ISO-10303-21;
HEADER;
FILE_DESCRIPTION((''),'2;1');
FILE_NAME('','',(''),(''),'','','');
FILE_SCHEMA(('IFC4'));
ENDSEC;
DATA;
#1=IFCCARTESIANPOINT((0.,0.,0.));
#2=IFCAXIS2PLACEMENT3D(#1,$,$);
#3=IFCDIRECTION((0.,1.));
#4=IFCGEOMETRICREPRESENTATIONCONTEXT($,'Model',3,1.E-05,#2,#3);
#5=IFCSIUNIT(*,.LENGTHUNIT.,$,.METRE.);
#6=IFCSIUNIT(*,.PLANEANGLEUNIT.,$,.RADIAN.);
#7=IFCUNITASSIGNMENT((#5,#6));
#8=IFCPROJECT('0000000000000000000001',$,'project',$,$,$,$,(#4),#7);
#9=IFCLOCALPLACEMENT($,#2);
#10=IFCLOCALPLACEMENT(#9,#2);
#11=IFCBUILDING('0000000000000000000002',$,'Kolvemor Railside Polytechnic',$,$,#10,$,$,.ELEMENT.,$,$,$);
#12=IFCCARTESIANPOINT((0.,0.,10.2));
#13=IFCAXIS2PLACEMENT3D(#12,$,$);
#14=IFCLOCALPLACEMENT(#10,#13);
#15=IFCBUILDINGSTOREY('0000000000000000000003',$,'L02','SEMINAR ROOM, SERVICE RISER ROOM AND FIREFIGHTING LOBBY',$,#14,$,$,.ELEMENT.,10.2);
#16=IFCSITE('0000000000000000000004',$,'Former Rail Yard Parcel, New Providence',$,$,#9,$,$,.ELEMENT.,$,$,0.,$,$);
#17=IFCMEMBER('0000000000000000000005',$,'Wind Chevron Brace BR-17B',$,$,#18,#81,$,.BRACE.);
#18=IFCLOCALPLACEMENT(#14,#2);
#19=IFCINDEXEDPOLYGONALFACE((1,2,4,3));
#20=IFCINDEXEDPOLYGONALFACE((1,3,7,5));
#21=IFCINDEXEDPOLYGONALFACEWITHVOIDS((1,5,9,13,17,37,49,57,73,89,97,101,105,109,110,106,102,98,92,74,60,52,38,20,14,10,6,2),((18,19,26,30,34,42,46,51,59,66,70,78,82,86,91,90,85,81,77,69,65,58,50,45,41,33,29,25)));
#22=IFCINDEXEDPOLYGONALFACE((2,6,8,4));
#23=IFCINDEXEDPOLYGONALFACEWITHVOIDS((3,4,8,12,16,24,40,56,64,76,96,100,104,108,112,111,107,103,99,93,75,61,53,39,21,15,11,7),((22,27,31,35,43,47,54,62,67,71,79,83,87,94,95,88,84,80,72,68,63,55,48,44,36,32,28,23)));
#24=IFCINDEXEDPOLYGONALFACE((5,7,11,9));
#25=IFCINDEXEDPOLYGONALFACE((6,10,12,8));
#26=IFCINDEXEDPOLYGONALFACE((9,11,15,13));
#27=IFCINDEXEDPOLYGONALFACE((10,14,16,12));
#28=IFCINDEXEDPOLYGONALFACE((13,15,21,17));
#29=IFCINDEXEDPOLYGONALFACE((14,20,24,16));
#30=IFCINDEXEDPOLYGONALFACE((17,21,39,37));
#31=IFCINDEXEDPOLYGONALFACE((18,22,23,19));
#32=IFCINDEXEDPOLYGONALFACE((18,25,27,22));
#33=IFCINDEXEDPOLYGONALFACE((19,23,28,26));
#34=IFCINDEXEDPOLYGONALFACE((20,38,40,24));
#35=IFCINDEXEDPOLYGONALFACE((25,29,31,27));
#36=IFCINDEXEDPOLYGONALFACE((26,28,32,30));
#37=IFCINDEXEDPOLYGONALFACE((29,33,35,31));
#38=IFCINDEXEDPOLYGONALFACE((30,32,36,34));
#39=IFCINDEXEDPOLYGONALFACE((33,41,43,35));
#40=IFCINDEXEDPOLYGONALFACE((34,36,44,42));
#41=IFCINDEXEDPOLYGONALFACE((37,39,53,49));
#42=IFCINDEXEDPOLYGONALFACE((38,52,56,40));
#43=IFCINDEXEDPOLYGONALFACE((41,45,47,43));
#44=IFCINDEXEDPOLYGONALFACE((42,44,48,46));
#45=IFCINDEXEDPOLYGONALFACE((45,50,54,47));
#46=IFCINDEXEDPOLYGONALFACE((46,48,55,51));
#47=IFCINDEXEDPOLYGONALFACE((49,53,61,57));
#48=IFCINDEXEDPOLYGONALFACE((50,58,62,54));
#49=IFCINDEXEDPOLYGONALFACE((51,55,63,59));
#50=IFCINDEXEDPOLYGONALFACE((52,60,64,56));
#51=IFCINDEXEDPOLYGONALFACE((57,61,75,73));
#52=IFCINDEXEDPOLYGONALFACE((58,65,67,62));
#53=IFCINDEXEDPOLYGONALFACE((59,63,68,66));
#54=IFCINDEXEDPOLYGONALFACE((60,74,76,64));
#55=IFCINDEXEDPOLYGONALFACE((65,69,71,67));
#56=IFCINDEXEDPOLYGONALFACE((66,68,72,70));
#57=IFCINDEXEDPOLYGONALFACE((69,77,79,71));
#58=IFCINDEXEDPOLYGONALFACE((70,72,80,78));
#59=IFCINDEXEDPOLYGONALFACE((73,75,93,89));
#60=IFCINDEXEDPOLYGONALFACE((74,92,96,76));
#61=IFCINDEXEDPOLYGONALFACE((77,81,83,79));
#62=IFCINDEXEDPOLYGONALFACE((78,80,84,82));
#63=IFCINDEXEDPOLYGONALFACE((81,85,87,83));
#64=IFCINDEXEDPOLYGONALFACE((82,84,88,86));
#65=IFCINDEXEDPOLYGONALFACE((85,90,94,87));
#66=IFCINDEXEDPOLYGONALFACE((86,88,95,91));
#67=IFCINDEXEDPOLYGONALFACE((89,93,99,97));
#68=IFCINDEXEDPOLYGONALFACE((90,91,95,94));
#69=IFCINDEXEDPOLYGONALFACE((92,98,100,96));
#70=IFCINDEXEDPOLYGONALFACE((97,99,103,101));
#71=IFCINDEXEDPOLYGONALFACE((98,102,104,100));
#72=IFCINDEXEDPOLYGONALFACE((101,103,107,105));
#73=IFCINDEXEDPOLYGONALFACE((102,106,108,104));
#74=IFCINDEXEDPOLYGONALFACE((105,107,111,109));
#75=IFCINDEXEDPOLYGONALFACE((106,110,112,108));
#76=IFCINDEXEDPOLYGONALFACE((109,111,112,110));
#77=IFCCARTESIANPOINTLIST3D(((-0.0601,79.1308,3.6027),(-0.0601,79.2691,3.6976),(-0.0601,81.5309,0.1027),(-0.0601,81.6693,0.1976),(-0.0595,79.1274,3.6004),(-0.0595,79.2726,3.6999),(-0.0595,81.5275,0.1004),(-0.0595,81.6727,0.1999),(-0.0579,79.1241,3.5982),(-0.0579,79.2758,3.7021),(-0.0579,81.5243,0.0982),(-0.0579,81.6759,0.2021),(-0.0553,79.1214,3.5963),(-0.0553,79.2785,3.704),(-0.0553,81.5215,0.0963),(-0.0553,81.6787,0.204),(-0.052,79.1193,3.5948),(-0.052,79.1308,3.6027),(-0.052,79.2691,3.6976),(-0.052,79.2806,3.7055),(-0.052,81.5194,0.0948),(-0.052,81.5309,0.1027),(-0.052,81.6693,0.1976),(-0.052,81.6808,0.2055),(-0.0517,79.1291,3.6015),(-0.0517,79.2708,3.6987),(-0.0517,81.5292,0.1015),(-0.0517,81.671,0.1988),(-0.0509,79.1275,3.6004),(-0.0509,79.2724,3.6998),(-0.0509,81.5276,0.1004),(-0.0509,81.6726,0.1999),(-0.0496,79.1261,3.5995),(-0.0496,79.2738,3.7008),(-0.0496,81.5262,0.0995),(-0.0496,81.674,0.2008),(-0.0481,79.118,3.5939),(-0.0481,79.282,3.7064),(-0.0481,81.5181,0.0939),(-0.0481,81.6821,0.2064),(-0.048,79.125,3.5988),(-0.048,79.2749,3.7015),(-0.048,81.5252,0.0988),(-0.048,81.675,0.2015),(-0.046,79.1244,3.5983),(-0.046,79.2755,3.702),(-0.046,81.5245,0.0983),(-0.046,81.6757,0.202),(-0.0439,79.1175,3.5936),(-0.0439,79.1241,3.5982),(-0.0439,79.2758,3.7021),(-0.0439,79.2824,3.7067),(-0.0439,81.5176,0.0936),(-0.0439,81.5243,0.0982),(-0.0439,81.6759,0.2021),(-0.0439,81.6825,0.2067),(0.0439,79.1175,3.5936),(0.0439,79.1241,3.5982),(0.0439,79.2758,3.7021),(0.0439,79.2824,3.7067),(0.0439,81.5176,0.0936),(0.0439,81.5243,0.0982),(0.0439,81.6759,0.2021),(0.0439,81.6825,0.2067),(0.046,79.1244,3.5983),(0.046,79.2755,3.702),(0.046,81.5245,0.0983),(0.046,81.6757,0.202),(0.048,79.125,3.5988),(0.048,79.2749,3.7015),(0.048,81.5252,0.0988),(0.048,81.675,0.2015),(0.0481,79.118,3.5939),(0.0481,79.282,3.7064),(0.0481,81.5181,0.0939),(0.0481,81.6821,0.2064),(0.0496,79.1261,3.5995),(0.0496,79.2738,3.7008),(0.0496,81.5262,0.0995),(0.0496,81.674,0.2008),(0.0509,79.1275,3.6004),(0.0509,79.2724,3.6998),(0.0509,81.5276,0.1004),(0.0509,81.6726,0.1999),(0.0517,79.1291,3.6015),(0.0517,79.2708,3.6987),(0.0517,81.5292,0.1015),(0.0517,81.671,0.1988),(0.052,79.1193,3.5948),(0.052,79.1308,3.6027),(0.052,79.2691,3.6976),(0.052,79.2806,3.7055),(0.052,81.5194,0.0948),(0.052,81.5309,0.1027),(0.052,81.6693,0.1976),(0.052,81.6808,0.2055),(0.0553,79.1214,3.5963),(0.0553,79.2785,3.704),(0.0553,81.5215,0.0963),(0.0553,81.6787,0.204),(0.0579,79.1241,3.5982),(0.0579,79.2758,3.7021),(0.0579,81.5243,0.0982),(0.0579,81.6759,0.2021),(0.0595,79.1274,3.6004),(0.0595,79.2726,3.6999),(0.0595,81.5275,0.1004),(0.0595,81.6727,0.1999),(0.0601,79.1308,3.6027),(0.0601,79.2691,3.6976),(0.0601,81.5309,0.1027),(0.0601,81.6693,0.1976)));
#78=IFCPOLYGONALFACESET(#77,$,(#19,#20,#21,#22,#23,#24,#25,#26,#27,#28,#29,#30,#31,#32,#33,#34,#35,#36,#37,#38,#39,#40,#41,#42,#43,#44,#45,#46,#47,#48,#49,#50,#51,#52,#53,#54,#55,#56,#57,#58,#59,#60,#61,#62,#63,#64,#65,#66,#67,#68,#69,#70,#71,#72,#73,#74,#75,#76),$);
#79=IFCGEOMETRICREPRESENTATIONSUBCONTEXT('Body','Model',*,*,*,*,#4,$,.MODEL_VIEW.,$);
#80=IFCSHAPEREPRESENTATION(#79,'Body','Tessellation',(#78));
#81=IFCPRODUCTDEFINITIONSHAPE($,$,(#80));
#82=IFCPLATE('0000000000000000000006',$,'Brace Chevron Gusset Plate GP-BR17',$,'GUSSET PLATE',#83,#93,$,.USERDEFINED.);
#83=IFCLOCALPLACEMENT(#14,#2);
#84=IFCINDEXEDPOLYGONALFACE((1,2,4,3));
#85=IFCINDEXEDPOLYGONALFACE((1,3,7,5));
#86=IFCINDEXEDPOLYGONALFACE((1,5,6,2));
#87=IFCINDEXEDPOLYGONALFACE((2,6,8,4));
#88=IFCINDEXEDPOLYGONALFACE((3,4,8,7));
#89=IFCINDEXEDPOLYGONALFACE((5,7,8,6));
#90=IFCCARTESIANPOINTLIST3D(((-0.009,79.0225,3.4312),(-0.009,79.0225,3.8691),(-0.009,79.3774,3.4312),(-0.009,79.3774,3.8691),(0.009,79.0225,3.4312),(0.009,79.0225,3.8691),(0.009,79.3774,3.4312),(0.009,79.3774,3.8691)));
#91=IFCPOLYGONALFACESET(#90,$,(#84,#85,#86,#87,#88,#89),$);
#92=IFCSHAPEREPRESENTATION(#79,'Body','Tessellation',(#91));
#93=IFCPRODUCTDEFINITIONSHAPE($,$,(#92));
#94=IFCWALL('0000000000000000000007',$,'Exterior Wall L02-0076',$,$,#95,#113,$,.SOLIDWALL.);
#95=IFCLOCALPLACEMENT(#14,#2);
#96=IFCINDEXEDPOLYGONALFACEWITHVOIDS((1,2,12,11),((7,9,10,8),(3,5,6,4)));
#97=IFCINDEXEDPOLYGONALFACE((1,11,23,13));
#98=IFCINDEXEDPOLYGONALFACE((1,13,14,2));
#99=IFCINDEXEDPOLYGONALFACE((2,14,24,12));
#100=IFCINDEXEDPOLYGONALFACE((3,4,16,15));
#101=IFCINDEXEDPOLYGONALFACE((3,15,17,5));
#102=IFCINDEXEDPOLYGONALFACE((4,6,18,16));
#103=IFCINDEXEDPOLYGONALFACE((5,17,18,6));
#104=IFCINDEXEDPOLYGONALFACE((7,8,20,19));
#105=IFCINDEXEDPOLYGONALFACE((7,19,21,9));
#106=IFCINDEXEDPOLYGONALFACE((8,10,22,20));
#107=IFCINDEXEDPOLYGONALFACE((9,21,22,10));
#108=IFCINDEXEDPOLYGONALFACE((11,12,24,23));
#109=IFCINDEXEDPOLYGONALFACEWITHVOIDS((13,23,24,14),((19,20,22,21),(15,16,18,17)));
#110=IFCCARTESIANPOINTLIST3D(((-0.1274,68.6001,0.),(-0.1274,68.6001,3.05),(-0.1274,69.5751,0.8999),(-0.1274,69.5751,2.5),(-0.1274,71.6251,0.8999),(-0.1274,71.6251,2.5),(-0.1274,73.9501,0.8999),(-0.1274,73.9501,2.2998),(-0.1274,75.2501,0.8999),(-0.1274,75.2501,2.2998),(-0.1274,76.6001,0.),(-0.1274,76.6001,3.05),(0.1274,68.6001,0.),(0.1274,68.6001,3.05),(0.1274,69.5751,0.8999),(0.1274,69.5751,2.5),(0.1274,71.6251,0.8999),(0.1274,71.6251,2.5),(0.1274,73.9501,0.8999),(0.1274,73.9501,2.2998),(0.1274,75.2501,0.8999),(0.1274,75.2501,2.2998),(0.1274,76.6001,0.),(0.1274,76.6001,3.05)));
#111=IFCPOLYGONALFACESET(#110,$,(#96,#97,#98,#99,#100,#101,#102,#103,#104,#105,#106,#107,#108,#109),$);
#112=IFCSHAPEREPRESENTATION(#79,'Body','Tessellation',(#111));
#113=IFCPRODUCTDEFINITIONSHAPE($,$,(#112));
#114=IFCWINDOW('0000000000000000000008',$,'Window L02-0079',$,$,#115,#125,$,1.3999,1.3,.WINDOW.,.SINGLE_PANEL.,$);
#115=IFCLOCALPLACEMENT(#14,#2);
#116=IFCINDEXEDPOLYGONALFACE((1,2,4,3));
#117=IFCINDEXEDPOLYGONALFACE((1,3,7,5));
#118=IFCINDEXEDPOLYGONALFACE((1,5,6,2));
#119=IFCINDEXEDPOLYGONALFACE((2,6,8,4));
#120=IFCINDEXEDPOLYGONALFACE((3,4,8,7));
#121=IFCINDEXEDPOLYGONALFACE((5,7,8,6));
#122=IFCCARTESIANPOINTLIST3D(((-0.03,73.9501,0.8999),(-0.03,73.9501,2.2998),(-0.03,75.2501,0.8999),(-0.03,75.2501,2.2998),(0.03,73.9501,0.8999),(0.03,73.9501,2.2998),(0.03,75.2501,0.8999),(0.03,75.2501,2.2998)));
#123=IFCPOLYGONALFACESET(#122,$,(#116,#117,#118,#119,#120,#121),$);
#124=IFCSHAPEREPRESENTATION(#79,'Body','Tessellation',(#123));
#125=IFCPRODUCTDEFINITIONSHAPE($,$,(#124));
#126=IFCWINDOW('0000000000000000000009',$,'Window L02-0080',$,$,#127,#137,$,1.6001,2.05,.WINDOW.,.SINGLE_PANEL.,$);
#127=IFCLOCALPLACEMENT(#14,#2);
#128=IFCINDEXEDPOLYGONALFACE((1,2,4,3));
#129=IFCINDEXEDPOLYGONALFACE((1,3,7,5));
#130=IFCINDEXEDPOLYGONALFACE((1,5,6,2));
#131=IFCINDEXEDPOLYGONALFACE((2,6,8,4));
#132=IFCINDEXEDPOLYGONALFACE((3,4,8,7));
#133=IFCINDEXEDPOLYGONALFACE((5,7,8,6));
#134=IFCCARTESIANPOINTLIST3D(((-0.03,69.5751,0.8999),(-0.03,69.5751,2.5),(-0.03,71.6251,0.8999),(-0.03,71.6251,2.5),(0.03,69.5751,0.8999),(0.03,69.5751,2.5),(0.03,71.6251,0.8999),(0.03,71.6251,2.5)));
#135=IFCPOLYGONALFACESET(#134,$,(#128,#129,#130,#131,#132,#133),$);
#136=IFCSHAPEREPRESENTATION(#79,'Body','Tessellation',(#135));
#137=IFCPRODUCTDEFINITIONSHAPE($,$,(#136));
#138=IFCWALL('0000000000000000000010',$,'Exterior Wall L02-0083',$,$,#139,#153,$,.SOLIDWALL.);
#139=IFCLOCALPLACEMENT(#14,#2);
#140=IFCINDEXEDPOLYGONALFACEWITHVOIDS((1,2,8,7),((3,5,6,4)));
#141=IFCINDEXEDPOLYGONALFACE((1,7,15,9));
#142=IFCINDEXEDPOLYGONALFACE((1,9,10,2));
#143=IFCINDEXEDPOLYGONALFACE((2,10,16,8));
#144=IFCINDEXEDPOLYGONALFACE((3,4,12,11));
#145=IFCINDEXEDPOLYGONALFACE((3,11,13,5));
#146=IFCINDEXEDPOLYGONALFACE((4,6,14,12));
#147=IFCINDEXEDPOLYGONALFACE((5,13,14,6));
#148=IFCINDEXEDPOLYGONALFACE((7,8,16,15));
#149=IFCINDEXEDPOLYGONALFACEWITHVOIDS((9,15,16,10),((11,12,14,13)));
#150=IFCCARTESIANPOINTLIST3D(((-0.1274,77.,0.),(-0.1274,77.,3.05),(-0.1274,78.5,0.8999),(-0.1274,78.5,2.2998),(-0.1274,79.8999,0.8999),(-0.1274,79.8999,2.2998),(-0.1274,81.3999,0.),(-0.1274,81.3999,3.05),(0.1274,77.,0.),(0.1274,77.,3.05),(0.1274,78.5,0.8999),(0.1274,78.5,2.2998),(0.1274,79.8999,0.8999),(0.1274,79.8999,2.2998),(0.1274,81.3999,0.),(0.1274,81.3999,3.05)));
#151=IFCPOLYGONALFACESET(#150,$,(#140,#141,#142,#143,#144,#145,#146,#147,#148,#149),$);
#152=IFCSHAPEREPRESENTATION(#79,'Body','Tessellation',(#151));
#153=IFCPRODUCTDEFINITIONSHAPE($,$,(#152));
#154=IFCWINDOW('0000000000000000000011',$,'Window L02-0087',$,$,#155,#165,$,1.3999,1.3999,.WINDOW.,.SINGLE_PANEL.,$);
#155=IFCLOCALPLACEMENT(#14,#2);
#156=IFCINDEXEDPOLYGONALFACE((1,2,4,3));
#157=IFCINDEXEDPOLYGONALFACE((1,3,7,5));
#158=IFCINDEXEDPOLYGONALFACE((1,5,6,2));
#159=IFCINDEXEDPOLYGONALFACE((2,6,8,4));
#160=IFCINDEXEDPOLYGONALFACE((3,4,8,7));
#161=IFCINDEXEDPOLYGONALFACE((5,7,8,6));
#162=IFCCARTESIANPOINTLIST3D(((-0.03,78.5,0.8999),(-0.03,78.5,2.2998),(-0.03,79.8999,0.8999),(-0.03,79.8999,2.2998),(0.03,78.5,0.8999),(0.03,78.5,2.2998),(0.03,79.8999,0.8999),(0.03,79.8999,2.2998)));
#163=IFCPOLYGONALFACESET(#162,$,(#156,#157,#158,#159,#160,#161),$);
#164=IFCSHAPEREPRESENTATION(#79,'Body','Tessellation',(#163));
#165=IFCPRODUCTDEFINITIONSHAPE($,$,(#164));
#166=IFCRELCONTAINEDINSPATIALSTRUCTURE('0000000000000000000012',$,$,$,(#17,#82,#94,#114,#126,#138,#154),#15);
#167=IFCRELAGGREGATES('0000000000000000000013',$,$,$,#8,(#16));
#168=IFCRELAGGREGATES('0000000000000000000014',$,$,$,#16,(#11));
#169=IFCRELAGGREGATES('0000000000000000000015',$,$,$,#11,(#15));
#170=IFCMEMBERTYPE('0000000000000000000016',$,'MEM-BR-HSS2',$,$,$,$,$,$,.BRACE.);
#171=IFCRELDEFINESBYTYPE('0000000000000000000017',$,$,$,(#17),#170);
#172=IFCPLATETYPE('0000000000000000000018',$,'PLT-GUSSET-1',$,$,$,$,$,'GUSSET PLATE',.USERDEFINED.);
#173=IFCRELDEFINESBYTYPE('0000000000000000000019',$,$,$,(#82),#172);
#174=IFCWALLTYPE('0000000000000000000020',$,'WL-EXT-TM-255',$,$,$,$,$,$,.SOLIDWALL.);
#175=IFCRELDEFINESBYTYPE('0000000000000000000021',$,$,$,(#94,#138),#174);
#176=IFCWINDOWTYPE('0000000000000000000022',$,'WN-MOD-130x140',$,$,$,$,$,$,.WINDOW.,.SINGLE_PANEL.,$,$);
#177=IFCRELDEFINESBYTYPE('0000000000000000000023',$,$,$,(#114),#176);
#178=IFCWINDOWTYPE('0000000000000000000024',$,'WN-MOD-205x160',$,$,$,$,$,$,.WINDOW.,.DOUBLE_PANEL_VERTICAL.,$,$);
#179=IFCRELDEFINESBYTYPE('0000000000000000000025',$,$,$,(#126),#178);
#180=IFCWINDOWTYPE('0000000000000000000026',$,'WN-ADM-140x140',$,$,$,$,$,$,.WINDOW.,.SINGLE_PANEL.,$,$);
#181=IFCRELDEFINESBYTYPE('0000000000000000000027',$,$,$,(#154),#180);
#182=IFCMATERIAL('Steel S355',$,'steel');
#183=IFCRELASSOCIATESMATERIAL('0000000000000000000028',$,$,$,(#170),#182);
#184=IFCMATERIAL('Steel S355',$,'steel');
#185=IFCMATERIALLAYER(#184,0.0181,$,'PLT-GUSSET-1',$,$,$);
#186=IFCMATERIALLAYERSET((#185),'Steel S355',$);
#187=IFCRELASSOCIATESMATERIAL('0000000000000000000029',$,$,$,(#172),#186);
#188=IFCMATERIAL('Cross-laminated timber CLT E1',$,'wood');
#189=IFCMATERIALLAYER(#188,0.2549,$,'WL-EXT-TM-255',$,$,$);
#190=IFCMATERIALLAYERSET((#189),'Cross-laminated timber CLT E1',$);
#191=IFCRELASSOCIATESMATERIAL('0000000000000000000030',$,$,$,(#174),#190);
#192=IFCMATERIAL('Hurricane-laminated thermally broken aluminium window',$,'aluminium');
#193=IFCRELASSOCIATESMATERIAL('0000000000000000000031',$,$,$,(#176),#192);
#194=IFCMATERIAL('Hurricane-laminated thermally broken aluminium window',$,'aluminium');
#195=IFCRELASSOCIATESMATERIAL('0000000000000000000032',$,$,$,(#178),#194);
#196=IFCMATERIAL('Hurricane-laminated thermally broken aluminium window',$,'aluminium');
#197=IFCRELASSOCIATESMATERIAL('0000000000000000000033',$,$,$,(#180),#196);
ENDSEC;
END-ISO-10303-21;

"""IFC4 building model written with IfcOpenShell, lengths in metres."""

from ifc_helpers import new_model, si_unit, direction, frame, frame_2d, origin, origin_2d, place, context, subcontext, project, spatial, rectangle, hollow_rectangle, extrude, material, layer, layer_set, material_profile, profile_set, type_object, element, fill, save


model = new_model("IFC4")

# Units and contexts
model_context = context("Model", 3, precision=1e-05, world=origin(), true_north=direction((0.0, 1.0)))
body_context = subcontext(model_context, "Body", "Model", "MODEL_VIEW")
ifc_project = project(units=[si_unit("LENGTHUNIT", "METRE"), si_unit("PLANEANGLEUNIT", "RADIAN")], contexts=[model_context])

# Site, building, storey
site_placement = place(None, origin())
site = spatial("IfcSite", under=ifc_project, at=site_placement, Name="Former Rail Yard Parcel, New Providence", CompositionType="ELEMENT", RefElevation=0.0)
building_placement = place(site_placement, origin())
building = spatial("IfcBuilding", under=site, at=building_placement, Name="Kolvemor Railside Polytechnic", CompositionType="ELEMENT")
storey_placement = place(building_placement, frame((0.0, 0.0, 10.2)))
storey = spatial("IfcBuildingStorey", under=building, at=storey_placement, Name="L02", Description="SEMINAR ROOM, SERVICE RISER ROOM AND FIREFIGHTING LOBBY", CompositionType="ELEMENT", Elevation=10.2)

# Member
ifc_material_1 = material(Name="Steel S355", Category="steel")
ifc_material_profile_1 = material_profile(ifc_material_1, hollow_rectangle(XDim=0.1201, YDim=0.2, WallThickness=0.0081, InnerFilletRadius=0.0081, OuterFilletRadius=0.0161, at=origin_2d()), Name="HSS200x120x8")
ifc_profile_set_1 = profile_set([ifc_material_profile_1], Name="Steel S355")
member_type = type_object("IfcMemberType", Name="MEM-BR-HSS2", PredefinedType="BRACE", material=ifc_profile_set_1)
member_1_placement = place(storey_placement, frame((0.0, 81.6001, 0.1501), z_axis=(0.0, -0.565552, 0.824713), x_axis=(1.0, 0.0, 0.0)))
element("IfcMember", 1, at=member_1_placement, inside=storey, type_object=member_type, Name="Wind Chevron Brace BR-17B", PredefinedType="BRACE", context=body_context, shape_type="SweptSolid", body=[
    extrude(hollow_rectangle(XDim=0.1201, YDim=0.2, WallThickness=0.0081, InnerFilletRadius=0.0081, OuterFilletRadius=0.0161, at=origin_2d()), origin(), (0.0, 0.0, 1.0), 4.2439),
])

# Plate
ifc_material_2 = material(Name="Steel S355", Category="steel")
ifc_layer_1 = layer(ifc_material_2, 0.0181, Name="PLT-GUSSET-1")
ifc_layer_set_1 = layer_set([ifc_layer_1], Name="Steel S355")
plate_type = type_object("IfcPlateType", Name="PLT-GUSSET-1", ElementType="GUSSET PLATE", PredefinedType="USERDEFINED", material=ifc_layer_set_1)
plate_placement = place(storey_placement, frame((0.0, 79.2, 3.4312), z_axis=(0.0, 0.0, 1.0), x_axis=(0.0, 1.0, 0.0)))
element("IfcPlate", 2, at=plate_placement, inside=storey, type_object=plate_type, Name="Brace Chevron Gusset Plate GP-BR17", ObjectType="GUSSET PLATE", PredefinedType="USERDEFINED", context=body_context, shape_type="SweptSolid", body=[
    extrude(rectangle(XDim=0.355, YDim=0.0181, at=origin_2d()), origin(), (0.0, 0.0, 1.0), 0.438),
])

# Wall, openings, windows
ifc_material_3 = material(Name="Cross-laminated timber CLT E1", Category="wood")
ifc_layer_2 = layer(ifc_material_3, 0.2549, Name="WL-EXT-TM-255")
ifc_layer_set_2 = layer_set([ifc_layer_2], Name="Cross-laminated timber CLT E1")
wall_type_1 = type_object("IfcWallType", Name="WL-EXT-TM-255", PredefinedType="SOLIDWALL", material=ifc_layer_set_2)
wall_1_placement = place(storey_placement, frame((0.0, 76.6001, 0.0), z_axis=(0.0, 0.0, 1.0), x_axis=(0.0, -1.0, 0.0)))
wall_1 = element("IfcWall", 3, at=wall_1_placement, inside=storey, type_object=wall_type_1, Name="Exterior Wall L02-0076", PredefinedType="SOLIDWALL", context=body_context, shape_type="SweptSolid", body=[
    extrude(rectangle(XDim=8.0, YDim=0.2549, at=frame_2d((4.0, 0.0))), origin(), (0.0, 0.0, 1.0), 3.05),
])
opening_1_placement = place(wall_1_placement, frame((1.3501, 0.0, 0.8999)))
opening_1 = element("IfcOpeningElement", 4, at=opening_1_placement, cuts=wall_1, PredefinedType="OPENING", context=body_context, shape_type="SweptSolid", body=[
    extrude(rectangle(XDim=1.3, YDim=1.3999, at=frame_2d((0.6499, 0.7))), frame((0.0, 0.1375, 0.0), z_axis=(0.0, -1.0, 0.0), x_axis=(1.0, 0.0, 0.0)), (0.0, 0.0, 1.0), 0.2749),
])
opening_2_placement = place(wall_1_placement, frame((4.9751, 0.0, 0.8999)))
opening_2 = element("IfcOpeningElement", 5, at=opening_2_placement, cuts=wall_1, PredefinedType="OPENING", context=body_context, shape_type="SweptSolid", body=[
    extrude(rectangle(XDim=2.05, YDim=1.6001, at=frame_2d((1.0249, 0.8))), frame((0.0, 0.1375, 0.0), z_axis=(0.0, -1.0, 0.0), x_axis=(1.0, 0.0, 0.0)), (0.0, 0.0, 1.0), 0.2749),
])
ifc_material_4 = material(Name="Hurricane-laminated thermally broken aluminium window", Category="aluminium")
window_type_1 = type_object("IfcWindowType", Name="WN-MOD-130x140", PartitioningType="SINGLE_PANEL", PredefinedType="WINDOW", material=ifc_material_4)
window_1_placement = place(opening_1_placement, origin())
window_1 = element("IfcWindow", 6, at=window_1_placement, inside=storey, type_object=window_type_1, Name="Window L02-0079", OverallHeight=1.3999, OverallWidth=1.3, PartitioningType="SINGLE_PANEL", PredefinedType="WINDOW", context=body_context, shape_type="SweptSolid", body=[
    extrude(rectangle(XDim=1.3, YDim=1.3999, at=frame_2d((0.6499, 0.7))), frame((0.0, 0.03, 0.0), z_axis=(0.0, -1.0, 0.0), x_axis=(1.0, 0.0, 0.0)), (0.0, 0.0, 1.0), 0.0601),
])
fill(opening_1, window_1)
ifc_material_5 = material(Name="Hurricane-laminated thermally broken aluminium window", Category="aluminium")
window_type_2 = type_object("IfcWindowType", Name="WN-MOD-205x160", PartitioningType="DOUBLE_PANEL_VERTICAL", PredefinedType="WINDOW", material=ifc_material_5)
window_2_placement = place(opening_2_placement, origin())
window_2 = element("IfcWindow", 7, at=window_2_placement, inside=storey, type_object=window_type_2, Name="Window L02-0080", OverallHeight=1.6001, OverallWidth=2.05, PartitioningType="SINGLE_PANEL", PredefinedType="WINDOW", context=body_context, shape_type="SweptSolid", body=[
    extrude(rectangle(XDim=2.05, YDim=1.6001, at=frame_2d((1.0249, 0.8))), frame((0.0, 0.03, 0.0), z_axis=(0.0, -1.0, 0.0), x_axis=(1.0, 0.0, 0.0)), (0.0, 0.0, 1.0), 0.0601),
])
fill(opening_2, window_2)

# Wall, opening, window
wall_2_placement = place(storey_placement, frame((0.0, 81.3999, 0.0), z_axis=(0.0, 0.0, 1.0), x_axis=(0.0, -1.0, 0.0)))
wall_2 = element("IfcWall", 8, at=wall_2_placement, inside=storey, type_object=wall_type_1, Name="Exterior Wall L02-0083", PredefinedType="SOLIDWALL", context=body_context, shape_type="SweptSolid", body=[
    extrude(rectangle(XDim=4.3999, YDim=0.2549, at=frame_2d((2.2, 0.0))), origin(), (0.0, 0.0, 1.0), 3.05),
])
opening_3_placement = place(wall_2_placement, frame((1.5, 0.0, 0.8999)))
opening_3 = element("IfcOpeningElement", 9, at=opening_3_placement, cuts=wall_2, PredefinedType="OPENING", context=body_context, shape_type="SweptSolid", body=[
    extrude(rectangle(XDim=1.3999, YDim=1.3999, at=frame_2d((0.7, 0.7))), frame((0.0, 0.1375, 0.0), z_axis=(0.0, -1.0, 0.0), x_axis=(1.0, 0.0, 0.0)), (0.0, 0.0, 1.0), 0.2749),
])
ifc_material_6 = material(Name="Hurricane-laminated thermally broken aluminium window", Category="aluminium")
window_type_3 = type_object("IfcWindowType", Name="WN-ADM-140x140", PartitioningType="SINGLE_PANEL", PredefinedType="WINDOW", material=ifc_material_6)
window_3_placement = place(opening_3_placement, origin())
window_3 = element("IfcWindow", 10, at=window_3_placement, inside=storey, type_object=window_type_3, Name="Window L02-0087", OverallHeight=1.3999, OverallWidth=1.3999, PartitioningType="SINGLE_PANEL", PredefinedType="WINDOW", context=body_context, shape_type="SweptSolid", body=[
    extrude(rectangle(XDim=1.3999, YDim=1.3999, at=frame_2d((0.7, 0.7))), frame((0.0, 0.03, 0.0), z_axis=(0.0, -1.0, 0.0), x_axis=(1.0, 0.0, 0.0)), (0.0, 0.0, 1.0), 0.0601),
])
fill(opening_3, window_3)

save(model, "model.ifc")
